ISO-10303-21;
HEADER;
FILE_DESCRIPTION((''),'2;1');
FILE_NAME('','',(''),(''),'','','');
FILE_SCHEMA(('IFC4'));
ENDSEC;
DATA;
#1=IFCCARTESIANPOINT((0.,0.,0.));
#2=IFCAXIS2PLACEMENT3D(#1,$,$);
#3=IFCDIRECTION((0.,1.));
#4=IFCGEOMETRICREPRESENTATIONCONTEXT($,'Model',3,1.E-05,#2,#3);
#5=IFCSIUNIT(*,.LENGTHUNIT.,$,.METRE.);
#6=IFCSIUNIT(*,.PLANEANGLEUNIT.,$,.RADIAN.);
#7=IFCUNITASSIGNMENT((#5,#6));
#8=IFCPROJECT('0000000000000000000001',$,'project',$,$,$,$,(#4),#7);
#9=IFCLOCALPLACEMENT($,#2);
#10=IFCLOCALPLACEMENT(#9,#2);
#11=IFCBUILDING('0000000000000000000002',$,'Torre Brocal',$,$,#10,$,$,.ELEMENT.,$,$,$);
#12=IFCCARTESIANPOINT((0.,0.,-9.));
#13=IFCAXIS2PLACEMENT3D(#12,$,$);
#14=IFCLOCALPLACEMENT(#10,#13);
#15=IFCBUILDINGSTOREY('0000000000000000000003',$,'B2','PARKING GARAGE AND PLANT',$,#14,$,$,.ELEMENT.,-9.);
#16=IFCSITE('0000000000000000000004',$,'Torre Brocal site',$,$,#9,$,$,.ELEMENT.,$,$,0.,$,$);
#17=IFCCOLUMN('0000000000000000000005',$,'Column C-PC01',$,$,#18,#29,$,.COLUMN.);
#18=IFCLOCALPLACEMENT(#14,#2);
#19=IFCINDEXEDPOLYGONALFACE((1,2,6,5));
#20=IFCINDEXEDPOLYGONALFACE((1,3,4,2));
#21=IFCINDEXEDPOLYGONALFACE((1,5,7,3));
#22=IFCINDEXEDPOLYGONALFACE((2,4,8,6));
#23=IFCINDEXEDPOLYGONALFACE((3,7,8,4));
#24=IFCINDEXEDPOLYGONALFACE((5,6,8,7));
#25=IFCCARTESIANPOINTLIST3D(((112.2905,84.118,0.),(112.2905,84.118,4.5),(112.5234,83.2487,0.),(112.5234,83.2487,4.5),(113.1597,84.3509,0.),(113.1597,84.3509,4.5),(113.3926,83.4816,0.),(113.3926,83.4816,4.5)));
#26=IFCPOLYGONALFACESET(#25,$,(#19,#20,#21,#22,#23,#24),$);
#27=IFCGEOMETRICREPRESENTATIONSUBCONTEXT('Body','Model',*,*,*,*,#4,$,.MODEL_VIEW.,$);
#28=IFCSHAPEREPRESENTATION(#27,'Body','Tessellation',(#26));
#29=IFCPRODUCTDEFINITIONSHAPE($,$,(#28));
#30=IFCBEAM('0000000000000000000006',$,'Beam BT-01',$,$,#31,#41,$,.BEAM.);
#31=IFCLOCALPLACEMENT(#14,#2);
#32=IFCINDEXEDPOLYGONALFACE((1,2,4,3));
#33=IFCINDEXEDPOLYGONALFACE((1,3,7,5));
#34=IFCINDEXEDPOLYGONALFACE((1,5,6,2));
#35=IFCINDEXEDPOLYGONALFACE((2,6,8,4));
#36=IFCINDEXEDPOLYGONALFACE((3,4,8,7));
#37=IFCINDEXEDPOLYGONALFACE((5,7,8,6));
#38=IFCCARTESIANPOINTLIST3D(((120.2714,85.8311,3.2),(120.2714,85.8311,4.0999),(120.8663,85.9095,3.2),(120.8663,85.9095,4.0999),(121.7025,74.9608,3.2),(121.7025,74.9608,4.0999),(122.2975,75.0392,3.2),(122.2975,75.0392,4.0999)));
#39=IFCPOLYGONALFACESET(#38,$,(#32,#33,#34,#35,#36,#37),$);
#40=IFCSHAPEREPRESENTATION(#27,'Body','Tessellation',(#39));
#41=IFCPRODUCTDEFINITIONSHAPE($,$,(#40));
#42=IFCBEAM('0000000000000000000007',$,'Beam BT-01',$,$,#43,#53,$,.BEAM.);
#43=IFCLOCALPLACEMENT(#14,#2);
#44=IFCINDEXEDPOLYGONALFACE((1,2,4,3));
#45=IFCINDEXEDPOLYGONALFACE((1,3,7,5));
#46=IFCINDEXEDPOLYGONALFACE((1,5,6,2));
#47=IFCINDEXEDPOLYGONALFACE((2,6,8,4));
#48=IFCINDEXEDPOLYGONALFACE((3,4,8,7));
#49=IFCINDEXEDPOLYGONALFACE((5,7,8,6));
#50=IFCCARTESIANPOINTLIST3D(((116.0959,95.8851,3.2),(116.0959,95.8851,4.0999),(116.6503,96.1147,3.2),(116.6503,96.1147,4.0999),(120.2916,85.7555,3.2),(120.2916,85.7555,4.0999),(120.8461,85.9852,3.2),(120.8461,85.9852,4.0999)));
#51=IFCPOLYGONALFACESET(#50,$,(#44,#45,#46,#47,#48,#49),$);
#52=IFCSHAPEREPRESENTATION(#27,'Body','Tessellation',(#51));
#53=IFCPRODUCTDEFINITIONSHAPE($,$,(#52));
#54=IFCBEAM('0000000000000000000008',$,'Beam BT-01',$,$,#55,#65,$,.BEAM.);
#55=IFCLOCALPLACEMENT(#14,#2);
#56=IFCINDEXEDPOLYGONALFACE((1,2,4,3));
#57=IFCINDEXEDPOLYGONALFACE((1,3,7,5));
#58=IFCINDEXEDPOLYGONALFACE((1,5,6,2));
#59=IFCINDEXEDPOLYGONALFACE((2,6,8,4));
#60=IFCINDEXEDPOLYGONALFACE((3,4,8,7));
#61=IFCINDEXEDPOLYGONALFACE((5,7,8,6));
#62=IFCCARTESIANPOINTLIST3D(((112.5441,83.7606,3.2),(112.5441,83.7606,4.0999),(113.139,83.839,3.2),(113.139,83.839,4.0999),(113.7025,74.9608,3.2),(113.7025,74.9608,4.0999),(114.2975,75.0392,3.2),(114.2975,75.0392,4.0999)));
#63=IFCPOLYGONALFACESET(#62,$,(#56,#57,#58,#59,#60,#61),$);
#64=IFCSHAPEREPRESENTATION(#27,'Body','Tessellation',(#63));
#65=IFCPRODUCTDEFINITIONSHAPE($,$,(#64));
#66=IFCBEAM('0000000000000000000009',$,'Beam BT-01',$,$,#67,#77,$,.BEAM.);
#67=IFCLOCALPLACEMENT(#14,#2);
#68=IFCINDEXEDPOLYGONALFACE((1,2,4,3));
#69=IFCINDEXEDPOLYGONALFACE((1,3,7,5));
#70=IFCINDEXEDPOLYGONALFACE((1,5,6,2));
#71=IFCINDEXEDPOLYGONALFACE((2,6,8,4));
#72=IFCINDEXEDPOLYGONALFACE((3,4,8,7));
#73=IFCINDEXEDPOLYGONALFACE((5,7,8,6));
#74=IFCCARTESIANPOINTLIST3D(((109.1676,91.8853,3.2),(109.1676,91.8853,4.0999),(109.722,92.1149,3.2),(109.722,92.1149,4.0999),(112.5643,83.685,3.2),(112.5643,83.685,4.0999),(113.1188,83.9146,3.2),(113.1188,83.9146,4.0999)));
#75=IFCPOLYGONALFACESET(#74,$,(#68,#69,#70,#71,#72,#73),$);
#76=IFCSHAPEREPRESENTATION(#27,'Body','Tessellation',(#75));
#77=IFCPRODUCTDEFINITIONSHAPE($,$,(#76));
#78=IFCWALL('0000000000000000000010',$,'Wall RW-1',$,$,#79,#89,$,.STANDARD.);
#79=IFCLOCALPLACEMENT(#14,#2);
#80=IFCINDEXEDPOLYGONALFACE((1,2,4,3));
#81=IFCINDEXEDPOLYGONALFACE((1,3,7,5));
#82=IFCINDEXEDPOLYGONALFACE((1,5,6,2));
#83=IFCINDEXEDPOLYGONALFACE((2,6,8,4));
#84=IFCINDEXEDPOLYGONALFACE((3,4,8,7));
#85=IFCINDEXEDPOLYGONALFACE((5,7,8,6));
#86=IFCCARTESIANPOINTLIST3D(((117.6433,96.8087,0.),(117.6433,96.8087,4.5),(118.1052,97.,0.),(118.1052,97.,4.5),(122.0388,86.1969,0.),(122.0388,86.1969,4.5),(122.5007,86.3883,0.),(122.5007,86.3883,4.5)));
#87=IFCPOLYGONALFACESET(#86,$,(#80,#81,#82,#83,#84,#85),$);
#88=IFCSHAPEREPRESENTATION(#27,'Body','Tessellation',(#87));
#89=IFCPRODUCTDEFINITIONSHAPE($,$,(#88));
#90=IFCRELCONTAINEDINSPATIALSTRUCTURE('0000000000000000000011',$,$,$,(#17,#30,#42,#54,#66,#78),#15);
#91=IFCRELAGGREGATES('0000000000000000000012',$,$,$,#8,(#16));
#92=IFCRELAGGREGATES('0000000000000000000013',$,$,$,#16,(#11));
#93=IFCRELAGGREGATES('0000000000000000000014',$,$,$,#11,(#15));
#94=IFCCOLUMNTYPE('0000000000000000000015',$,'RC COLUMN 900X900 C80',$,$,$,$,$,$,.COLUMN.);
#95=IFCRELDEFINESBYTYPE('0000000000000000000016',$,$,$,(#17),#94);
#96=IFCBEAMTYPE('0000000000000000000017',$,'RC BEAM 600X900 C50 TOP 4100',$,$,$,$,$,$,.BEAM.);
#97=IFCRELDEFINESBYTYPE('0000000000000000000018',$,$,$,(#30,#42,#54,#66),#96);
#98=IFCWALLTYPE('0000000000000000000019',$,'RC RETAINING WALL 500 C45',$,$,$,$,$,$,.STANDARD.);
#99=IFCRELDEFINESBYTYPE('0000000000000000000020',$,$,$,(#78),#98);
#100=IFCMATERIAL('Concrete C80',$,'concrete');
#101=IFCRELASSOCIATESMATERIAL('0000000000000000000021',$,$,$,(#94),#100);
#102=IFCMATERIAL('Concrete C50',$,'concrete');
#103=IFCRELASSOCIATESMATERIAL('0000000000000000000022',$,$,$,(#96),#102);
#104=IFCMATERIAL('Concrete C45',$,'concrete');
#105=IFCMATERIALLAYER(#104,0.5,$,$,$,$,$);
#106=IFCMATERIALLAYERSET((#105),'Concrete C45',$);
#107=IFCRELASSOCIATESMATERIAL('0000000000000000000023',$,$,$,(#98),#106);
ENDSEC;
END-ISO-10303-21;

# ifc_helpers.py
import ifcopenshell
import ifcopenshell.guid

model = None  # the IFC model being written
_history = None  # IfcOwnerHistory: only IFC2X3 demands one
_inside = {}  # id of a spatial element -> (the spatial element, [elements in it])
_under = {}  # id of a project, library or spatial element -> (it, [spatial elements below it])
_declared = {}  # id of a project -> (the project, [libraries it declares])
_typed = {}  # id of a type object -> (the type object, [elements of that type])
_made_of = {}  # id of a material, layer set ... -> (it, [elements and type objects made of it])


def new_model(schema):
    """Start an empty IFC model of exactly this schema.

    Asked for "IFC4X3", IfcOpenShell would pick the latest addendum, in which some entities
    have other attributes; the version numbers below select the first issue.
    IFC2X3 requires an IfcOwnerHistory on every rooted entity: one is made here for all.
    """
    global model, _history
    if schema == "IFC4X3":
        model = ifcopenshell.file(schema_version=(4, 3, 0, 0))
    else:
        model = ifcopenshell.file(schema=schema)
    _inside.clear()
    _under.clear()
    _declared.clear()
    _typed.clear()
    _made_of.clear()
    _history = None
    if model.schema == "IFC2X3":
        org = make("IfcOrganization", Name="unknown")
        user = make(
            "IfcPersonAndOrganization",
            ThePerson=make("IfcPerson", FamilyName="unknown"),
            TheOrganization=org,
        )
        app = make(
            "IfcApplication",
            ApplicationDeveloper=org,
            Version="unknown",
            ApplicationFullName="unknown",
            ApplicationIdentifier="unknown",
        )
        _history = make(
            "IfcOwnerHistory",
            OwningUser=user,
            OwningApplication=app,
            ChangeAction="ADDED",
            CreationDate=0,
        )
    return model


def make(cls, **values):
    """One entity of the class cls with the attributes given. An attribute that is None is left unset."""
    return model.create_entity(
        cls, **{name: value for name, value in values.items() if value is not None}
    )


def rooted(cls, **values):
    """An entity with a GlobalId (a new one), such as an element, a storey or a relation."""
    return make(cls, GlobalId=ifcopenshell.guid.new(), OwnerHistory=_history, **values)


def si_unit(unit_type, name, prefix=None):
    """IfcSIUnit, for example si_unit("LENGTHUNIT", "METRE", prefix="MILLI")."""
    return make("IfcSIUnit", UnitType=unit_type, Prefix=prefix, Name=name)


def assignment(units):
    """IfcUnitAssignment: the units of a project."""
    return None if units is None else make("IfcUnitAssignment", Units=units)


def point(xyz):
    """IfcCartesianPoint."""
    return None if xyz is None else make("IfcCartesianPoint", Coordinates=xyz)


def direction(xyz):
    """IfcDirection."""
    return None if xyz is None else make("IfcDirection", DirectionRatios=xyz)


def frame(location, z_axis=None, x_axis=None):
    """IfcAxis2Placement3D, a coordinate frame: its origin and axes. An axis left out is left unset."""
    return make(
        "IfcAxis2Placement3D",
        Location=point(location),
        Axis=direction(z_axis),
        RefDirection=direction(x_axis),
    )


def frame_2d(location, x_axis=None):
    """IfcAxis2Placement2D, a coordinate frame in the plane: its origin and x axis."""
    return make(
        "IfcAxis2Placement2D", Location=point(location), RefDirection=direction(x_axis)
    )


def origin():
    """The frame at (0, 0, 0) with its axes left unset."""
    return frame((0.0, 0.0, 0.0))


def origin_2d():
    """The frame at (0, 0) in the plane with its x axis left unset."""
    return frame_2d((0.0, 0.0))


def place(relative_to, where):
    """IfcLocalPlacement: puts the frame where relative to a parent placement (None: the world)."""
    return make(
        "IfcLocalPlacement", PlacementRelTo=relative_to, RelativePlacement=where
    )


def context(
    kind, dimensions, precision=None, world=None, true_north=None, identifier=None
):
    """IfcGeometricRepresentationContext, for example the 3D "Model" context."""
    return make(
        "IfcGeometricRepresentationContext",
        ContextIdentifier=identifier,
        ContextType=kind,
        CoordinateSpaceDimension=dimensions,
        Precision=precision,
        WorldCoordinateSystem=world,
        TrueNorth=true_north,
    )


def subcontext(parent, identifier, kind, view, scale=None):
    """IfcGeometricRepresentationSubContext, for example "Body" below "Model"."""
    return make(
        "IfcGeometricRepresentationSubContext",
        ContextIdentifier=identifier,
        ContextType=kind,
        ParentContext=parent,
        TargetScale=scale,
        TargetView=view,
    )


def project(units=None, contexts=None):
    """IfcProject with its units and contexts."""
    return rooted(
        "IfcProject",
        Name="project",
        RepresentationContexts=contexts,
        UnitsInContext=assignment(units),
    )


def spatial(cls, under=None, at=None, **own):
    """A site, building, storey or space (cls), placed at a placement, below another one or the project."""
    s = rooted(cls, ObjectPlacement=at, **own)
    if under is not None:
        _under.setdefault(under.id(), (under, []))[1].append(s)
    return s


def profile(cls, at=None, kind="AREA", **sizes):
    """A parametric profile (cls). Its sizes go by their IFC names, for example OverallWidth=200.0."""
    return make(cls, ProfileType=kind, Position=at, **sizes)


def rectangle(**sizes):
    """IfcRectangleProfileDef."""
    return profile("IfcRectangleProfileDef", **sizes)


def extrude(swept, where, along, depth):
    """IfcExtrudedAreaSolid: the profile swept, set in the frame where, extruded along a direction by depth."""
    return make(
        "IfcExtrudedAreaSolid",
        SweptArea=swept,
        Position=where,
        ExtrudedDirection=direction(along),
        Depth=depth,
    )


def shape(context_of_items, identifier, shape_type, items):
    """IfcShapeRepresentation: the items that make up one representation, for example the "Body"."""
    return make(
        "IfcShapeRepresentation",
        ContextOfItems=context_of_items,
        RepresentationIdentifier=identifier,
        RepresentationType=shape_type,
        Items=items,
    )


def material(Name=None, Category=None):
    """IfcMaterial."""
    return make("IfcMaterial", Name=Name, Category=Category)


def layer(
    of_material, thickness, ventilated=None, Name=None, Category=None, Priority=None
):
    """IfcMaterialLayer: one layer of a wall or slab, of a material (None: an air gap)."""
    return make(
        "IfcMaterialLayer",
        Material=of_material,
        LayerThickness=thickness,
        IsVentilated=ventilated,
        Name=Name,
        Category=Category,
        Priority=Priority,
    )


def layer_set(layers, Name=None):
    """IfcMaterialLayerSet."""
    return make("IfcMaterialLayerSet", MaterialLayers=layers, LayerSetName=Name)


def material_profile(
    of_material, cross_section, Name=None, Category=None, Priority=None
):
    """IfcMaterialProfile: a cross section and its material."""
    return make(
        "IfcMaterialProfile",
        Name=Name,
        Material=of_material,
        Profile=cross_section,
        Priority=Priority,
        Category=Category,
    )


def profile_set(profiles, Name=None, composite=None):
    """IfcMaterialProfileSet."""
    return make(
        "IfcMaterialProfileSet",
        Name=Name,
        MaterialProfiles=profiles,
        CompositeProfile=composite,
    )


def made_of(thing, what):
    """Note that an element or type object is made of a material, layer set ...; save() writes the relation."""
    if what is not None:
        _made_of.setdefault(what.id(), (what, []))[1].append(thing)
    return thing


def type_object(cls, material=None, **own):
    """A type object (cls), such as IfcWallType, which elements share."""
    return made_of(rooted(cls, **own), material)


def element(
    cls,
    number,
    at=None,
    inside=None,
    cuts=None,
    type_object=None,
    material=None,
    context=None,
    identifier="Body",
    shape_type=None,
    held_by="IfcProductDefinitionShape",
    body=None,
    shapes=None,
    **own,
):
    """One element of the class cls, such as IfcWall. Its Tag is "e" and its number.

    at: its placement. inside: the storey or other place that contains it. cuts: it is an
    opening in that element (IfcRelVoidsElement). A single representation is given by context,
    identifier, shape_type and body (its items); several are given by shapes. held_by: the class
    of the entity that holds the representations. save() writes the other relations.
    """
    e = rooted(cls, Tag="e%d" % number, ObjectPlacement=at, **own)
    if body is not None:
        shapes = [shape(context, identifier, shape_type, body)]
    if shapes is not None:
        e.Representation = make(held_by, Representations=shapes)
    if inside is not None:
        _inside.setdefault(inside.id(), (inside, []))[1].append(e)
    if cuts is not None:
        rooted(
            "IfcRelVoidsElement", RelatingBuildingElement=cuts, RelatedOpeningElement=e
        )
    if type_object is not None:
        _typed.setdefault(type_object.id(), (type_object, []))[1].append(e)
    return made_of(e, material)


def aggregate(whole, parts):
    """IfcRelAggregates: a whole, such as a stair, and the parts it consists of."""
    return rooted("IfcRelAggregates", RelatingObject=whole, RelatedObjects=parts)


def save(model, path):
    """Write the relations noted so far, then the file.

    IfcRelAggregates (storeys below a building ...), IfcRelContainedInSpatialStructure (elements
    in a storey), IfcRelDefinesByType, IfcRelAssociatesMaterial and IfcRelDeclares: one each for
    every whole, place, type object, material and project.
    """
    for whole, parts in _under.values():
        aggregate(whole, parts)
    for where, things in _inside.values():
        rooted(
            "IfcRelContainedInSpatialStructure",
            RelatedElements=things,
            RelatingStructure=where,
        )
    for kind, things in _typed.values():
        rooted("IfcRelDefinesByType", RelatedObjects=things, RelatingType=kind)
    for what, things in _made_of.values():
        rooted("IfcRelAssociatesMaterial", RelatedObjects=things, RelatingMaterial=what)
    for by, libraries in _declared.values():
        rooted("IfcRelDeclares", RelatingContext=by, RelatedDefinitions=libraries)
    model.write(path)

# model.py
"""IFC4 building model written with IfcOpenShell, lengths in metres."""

from ifc_helpers import new_model, si_unit, direction, frame, frame_2d, origin, origin_2d, place, context, subcontext, project, spatial, rectangle, extrude, material, layer, layer_set, material_profile, profile_set, type_object, element, save


model = new_model("IFC4")

# Units and contexts
model_context = context("Model", 3, precision=1e-05, world=origin(), true_north=direction((0.0, 1.0)))
body_context = subcontext(model_context, "Body", "Model", "MODEL_VIEW")
ifc_project = project(units=[si_unit("LENGTHUNIT", "METRE"), si_unit("PLANEANGLEUNIT", "RADIAN")], contexts=[model_context])

# Site, building, storey
site_placement = place(None, origin())
site = spatial("IfcSite", under=ifc_project, at=site_placement, Name="Torre Brocal site", CompositionType="ELEMENT", RefElevation=0.0)
building_placement = place(site_placement, origin())
building = spatial("IfcBuilding", under=site, at=building_placement, Name="Torre Brocal", CompositionType="ELEMENT")
storey_placement = place(building_placement, frame((0.0, 0.0, -9.0)))
storey = spatial("IfcBuildingStorey", under=building, at=storey_placement, Name="B2", Description="PARKING GARAGE AND PLANT", CompositionType="ELEMENT", Elevation=-9.0)

# Column
ifc_material_1 = material(Name="Concrete C80", Category="concrete")
ifc_material_profile_1 = material_profile(ifc_material_1, rectangle(XDim=0.8999, YDim=0.8999, at=origin_2d()), Name="RC 900X900")
ifc_profile_set_1 = profile_set([ifc_material_profile_1], Name="Concrete C80")
column_type = type_object("IfcColumnType", Name="RC COLUMN 900X900 C80", PredefinedType="COLUMN", material=ifc_profile_set_1)
for number, where, z_axis, x_axis, name in (
    (1, (112.8416, 83.7998, 0.0), (0.0, 0.0, 1.0), (0.965926, 0.258819, 0.0), "Column C-PC01"),
):
    element("IfcColumn", number, at=place(storey_placement, frame(where, z_axis=z_axis, x_axis=x_axis)), inside=storey, type_object=column_type, Name=name, PredefinedType="COLUMN", context=body_context, shape_type="SweptSolid", body=[
        extrude(rectangle(XDim=0.8999, YDim=0.8999, at=origin_2d()), origin(), (0.0, 0.0, 1.0), 4.5),
    ])

# Beams
ifc_material_2 = material(Name="Concrete C50", Category="concrete")
ifc_material_profile_2 = material_profile(ifc_material_2, rectangle(XDim=0.6001, YDim=0.8999, at=origin_2d()), Name="RC 600X900")
ifc_profile_set_2 = profile_set([ifc_material_profile_2], Name="Concrete C50")
beam_type = type_object("IfcBeamType", Name="RC BEAM 600X900 C50 TOP 4100", PredefinedType="BEAM", material=ifc_profile_set_2)
for number, where, z_axis, x_axis, name in (
    (2, (122.0, 75.0, 3.6499), (-0.13053, 0.991444, 0.0), (-0.991444, -0.13053, 0.0), "Beam BT-01"),
    (3, (120.5688, 85.8704, 3.6499), (-0.382681, 0.923881, 0.0), (-0.923881, -0.382681, 0.0), "Beam BT-01"),
):
    element("IfcBeam", number, at=place(storey_placement, frame(where, z_axis=z_axis, x_axis=x_axis)), inside=storey, type_object=beam_type, Name=name, PredefinedType="BEAM", context=body_context, shape_type="SweptSolid", body=[
        extrude(rectangle(XDim=0.6001, YDim=0.8999, at=origin_2d()), origin(), (0.0, 0.0, 1.0), 10.9641),
    ])
beam_1_placement = place(storey_placement, frame((114.0, 75.0, 3.6499), z_axis=(-0.130519, 0.991446, 0.0), x_axis=(-0.991446, -0.130519, 0.0)))
element("IfcBeam", 4, at=beam_1_placement, inside=storey, type_object=beam_type, Name="Beam BT-01", PredefinedType="BEAM", context=body_context, shape_type="SweptSolid", body=[
    extrude(rectangle(XDim=0.6001, YDim=0.8999, at=origin_2d()), origin(), (0.0, 0.0, 1.0), 8.8757),
])
beam_2_placement = place(storey_placement, frame((112.8416, 83.7998, 3.6499), z_axis=(-0.382693, 0.923876, 0.0), x_axis=(-0.923876, -0.382693, 0.0)))
element("IfcBeam", 5, at=beam_2_placement, inside=storey, type_object=beam_type, Name="Beam BT-01", PredefinedType="BEAM", context=body_context, shape_type="SweptSolid", body=[
    extrude(rectangle(XDim=0.6001, YDim=0.8999, at=origin_2d()), origin(), (0.0, 0.0, 1.0), 8.876),
])

# Wall
ifc_material_3 = material(Name="Concrete C45", Category="concrete")
ifc_layer = layer(ifc_material_3, 0.5)
ifc_layer_set = layer_set([ifc_layer], Name="Concrete C45")
wall_type = type_object("IfcWallType", Name="RC RETAINING WALL 500 C45", PredefinedType="STANDARD", material=ifc_layer_set)
wall_placement = place(storey_placement, frame((122.2698, 86.2925, 0.0), z_axis=(0.0, 0.0, 1.0), x_axis=(-0.38268, 0.923881, 0.0)))
element("IfcWall", 6, at=wall_placement, inside=storey, type_object=wall_type, Name="Wall RW-1", PredefinedType="STANDARD", context=body_context, shape_type="SweptSolid", body=[
    extrude(rectangle(XDim=11.4861, YDim=0.5, at=frame_2d((5.7432, 0.0))), origin(), (0.0, 0.0, 1.0), 4.5),
])

save(model, "model.ifc")
